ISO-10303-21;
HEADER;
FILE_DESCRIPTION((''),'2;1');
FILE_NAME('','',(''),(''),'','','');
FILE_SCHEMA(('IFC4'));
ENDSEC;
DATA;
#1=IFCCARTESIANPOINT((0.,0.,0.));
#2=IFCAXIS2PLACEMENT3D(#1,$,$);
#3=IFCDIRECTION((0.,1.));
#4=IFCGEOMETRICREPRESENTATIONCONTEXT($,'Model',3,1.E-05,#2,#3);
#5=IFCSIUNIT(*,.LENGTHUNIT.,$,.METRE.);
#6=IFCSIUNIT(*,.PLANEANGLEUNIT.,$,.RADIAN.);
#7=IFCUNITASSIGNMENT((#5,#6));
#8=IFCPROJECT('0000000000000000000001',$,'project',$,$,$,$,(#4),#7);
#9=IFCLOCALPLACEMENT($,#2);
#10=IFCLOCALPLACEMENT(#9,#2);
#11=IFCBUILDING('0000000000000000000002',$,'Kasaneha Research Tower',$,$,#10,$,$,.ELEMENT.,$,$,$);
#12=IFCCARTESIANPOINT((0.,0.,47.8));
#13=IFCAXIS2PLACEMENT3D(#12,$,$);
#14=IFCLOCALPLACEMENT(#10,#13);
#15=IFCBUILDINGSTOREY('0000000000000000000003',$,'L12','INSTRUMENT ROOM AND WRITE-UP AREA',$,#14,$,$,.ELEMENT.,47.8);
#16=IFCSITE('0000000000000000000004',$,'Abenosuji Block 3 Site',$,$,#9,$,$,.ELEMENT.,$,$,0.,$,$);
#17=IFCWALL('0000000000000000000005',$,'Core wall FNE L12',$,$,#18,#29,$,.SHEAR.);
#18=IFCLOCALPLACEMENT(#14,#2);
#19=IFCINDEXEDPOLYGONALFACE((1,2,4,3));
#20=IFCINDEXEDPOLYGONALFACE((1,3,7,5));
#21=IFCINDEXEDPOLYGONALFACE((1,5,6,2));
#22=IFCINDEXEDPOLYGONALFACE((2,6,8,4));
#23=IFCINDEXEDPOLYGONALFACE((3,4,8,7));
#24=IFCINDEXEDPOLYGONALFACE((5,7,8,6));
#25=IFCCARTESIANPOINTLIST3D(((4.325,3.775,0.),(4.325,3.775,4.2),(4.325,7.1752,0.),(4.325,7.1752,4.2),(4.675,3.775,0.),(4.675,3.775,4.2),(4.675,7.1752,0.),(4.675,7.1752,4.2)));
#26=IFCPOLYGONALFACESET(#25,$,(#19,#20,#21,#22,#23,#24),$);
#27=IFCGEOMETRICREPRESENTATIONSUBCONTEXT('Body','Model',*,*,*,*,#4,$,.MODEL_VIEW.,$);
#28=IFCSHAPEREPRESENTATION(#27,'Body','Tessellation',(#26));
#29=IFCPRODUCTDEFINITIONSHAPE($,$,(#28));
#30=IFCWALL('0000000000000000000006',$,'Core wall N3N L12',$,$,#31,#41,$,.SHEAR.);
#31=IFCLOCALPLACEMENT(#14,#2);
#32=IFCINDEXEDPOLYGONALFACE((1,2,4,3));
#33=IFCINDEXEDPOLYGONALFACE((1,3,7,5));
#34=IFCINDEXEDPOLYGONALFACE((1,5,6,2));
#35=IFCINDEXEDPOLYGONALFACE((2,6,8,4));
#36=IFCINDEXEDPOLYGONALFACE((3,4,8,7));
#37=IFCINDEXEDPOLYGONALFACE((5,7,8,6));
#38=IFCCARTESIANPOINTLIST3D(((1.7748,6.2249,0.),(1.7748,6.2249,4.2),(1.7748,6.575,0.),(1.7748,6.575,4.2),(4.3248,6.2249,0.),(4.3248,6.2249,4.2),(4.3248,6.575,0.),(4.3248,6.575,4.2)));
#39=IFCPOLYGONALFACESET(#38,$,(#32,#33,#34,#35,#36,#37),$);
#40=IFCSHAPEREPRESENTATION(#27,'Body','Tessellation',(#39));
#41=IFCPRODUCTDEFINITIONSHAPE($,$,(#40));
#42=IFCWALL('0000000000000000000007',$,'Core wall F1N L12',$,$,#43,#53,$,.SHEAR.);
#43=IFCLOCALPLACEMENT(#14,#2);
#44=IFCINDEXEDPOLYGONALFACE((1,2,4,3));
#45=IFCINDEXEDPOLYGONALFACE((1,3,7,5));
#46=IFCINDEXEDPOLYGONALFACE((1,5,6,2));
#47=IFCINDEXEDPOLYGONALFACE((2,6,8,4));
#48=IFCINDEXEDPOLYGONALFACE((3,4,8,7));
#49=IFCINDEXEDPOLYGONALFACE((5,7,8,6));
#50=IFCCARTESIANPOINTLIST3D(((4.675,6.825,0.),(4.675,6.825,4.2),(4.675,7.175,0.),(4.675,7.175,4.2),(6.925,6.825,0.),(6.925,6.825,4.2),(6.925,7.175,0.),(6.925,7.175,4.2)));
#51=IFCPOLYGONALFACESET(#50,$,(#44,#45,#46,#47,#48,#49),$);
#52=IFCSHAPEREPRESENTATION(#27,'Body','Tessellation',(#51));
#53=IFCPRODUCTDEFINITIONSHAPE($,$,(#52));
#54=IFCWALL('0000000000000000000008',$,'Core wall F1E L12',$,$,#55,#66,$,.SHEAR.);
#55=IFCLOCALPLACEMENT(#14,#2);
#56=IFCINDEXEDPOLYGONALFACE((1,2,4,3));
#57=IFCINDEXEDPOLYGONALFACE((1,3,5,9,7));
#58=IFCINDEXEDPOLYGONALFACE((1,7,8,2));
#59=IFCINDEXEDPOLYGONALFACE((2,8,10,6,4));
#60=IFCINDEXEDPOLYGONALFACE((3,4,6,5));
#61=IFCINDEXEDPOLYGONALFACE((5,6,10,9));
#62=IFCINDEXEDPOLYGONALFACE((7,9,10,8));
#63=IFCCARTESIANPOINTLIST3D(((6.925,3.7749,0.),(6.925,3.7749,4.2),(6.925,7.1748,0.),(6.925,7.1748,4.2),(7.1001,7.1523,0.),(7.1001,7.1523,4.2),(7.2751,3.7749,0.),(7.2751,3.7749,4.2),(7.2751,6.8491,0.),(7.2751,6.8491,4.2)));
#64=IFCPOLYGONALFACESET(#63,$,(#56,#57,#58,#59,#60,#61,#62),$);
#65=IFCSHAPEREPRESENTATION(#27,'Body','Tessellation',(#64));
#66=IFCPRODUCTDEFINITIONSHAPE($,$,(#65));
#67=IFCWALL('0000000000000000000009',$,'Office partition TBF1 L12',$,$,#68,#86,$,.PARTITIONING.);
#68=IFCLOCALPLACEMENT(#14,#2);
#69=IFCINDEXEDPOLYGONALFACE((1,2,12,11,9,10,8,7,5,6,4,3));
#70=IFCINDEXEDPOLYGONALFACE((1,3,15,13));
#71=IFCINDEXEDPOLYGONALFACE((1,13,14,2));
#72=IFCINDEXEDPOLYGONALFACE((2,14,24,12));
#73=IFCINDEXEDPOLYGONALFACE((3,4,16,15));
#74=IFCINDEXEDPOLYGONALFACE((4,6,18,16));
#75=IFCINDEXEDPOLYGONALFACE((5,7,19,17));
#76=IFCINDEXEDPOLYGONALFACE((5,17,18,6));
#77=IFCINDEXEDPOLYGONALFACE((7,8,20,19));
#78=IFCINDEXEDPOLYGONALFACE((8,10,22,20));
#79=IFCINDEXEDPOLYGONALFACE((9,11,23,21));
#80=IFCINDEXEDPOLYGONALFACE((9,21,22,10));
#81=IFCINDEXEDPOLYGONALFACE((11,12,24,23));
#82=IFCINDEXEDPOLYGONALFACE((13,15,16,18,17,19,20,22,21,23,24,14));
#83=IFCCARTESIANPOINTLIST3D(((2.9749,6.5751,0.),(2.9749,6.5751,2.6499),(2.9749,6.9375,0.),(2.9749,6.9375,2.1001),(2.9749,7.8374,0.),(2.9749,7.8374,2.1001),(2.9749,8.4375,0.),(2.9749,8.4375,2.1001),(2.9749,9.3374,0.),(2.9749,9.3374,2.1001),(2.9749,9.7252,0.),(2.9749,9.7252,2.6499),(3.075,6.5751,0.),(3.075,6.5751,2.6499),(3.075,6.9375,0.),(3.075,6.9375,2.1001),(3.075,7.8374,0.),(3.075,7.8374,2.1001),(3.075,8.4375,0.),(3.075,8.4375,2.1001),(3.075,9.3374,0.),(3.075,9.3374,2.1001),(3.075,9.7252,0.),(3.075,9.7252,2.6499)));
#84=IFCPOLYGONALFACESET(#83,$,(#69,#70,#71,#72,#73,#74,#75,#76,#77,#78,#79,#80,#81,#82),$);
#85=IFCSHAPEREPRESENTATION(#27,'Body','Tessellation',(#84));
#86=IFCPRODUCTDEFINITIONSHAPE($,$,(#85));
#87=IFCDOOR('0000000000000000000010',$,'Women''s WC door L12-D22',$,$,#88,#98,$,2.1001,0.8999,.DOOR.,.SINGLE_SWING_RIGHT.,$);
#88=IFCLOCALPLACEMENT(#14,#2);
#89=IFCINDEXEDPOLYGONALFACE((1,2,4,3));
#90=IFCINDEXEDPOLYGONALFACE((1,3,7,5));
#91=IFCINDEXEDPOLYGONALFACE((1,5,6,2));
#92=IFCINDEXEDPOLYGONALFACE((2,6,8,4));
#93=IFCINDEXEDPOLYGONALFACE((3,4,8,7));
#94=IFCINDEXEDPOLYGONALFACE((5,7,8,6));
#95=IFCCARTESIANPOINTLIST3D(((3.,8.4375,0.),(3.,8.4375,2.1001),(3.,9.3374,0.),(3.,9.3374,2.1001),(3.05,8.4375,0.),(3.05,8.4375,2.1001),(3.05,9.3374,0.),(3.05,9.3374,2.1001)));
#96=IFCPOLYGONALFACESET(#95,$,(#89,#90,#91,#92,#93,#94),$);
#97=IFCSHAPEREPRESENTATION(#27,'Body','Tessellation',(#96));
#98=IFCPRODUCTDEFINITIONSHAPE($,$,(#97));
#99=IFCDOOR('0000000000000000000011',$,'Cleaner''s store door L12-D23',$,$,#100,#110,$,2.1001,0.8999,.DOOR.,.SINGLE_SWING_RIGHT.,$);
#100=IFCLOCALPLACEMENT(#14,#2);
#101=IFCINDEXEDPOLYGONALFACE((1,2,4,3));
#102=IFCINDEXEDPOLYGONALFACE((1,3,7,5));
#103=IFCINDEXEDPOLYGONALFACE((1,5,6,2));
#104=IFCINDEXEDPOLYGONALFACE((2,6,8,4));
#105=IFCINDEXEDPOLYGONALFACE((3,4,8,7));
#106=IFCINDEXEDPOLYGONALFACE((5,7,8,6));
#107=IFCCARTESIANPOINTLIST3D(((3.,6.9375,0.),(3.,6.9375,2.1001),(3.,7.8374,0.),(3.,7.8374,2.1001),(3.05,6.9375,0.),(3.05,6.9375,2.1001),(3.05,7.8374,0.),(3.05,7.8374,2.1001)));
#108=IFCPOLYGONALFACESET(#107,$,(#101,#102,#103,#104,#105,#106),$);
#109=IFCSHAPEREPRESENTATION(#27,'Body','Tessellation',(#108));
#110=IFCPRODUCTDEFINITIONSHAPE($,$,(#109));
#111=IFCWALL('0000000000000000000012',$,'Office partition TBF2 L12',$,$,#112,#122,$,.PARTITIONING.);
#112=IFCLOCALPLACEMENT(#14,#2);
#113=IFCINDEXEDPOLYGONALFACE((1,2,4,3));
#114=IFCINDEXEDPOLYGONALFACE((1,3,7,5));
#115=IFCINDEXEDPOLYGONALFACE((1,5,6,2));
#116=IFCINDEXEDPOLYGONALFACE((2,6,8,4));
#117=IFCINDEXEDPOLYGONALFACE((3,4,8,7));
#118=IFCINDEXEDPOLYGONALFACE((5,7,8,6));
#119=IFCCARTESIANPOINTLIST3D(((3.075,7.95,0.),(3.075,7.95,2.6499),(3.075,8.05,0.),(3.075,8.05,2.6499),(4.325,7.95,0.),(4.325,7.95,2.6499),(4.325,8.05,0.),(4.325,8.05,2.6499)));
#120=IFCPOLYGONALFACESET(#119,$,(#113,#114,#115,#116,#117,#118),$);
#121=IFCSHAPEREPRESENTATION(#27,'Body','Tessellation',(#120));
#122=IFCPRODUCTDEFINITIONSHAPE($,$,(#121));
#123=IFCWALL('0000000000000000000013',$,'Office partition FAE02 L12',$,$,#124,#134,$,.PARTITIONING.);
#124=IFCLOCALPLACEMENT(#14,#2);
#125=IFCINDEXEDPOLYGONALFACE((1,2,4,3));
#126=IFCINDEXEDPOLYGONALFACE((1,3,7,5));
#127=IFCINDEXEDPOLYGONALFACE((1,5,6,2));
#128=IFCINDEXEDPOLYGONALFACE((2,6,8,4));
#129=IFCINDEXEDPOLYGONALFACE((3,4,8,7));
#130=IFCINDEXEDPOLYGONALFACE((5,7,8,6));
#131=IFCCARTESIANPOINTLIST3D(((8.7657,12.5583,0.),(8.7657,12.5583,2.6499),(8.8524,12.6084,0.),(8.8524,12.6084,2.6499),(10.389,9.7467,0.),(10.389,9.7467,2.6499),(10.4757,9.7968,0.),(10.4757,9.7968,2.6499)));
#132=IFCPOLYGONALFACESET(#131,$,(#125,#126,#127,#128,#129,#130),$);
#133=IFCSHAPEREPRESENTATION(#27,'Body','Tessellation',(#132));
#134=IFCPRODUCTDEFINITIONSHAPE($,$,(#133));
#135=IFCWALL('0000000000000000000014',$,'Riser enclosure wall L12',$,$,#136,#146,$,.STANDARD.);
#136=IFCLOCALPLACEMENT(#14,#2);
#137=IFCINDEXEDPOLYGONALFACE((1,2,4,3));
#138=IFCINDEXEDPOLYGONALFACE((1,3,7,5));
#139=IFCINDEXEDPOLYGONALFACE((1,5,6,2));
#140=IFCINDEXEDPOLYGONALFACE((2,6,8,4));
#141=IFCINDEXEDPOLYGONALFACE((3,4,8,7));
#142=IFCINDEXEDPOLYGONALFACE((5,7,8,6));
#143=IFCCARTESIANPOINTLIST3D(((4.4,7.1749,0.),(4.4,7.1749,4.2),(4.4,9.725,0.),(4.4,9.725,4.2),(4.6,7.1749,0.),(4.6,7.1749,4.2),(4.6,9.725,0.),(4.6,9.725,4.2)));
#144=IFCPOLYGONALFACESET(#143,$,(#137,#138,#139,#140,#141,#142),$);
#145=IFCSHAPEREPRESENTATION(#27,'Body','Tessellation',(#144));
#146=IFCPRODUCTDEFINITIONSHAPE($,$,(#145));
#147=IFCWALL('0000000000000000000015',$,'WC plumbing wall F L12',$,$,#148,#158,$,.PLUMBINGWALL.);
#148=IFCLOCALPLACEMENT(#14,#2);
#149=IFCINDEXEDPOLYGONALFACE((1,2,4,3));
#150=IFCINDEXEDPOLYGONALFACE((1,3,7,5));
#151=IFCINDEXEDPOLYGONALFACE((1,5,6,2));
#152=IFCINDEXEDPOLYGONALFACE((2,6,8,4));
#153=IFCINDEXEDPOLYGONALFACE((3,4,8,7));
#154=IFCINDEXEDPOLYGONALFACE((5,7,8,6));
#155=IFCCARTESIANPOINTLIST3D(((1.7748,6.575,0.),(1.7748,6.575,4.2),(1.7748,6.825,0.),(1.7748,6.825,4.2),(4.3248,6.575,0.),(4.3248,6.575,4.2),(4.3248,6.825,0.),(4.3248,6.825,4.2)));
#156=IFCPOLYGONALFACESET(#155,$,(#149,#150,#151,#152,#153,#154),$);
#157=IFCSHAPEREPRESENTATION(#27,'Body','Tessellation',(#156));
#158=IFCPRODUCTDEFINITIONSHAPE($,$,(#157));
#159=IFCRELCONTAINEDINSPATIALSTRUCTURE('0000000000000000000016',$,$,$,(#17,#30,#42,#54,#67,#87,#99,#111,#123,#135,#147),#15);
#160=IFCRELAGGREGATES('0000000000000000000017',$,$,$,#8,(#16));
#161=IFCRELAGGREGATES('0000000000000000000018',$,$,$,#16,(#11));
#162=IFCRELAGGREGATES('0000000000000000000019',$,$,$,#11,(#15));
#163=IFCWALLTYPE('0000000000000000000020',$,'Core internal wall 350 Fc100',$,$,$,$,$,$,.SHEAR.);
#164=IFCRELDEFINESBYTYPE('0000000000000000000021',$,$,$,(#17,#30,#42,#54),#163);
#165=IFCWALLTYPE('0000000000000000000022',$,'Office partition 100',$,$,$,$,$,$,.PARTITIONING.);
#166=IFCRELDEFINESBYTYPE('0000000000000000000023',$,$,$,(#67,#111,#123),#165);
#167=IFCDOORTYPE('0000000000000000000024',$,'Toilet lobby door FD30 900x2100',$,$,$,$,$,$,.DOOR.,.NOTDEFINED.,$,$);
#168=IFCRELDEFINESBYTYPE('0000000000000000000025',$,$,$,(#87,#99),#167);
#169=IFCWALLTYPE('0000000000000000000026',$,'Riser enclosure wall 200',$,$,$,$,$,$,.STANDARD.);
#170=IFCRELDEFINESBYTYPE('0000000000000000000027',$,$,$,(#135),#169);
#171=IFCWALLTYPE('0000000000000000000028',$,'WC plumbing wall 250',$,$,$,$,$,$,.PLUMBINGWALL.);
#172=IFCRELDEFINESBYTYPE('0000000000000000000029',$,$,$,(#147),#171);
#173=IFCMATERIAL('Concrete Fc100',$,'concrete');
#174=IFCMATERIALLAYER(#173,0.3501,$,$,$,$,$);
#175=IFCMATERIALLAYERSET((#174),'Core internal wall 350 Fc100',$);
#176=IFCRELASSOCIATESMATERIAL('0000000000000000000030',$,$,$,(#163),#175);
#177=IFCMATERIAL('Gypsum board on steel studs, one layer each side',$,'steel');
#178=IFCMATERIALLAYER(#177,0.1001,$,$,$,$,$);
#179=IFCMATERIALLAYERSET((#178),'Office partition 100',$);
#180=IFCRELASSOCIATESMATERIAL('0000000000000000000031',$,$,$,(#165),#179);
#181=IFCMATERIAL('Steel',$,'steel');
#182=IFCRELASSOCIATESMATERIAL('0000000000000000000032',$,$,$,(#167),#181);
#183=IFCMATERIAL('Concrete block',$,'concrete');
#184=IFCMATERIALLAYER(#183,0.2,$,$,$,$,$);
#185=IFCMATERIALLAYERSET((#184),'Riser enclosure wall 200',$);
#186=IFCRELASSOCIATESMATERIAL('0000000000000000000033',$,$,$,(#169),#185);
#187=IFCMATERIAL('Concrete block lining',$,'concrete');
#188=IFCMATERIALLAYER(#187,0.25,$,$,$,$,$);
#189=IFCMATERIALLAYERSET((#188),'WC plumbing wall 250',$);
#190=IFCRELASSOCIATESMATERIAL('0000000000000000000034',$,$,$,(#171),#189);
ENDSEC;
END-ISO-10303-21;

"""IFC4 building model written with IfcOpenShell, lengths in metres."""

from ifc_helpers import new_model, si_unit, direction, frame, frame_2d, origin, place, context, subcontext, project, spatial, polyline, rectangle, outline, extrude, material, layer, layer_set, type_object, element, fill, save


model = new_model("IFC4")

# Units and contexts
model_context = context("Model", 3, precision=1e-05, world=origin(), true_north=direction((0.0, 1.0)))
body_context = subcontext(model_context, "Body", "Model", "MODEL_VIEW")
ifc_project = project(units=[si_unit("LENGTHUNIT", "METRE"), si_unit("PLANEANGLEUNIT", "RADIAN")], contexts=[model_context])

# Site, building, storey
site_placement = place(None, origin())
site = spatial("IfcSite", under=ifc_project, at=site_placement, Name="Abenosuji Block 3 Site", CompositionType="ELEMENT", RefElevation=0.0)
building_placement = place(site_placement, origin())
building = spatial("IfcBuilding", under=site, at=building_placement, Name="Kasaneha Research Tower", CompositionType="ELEMENT")
storey_placement = place(building_placement, frame((0.0, 0.0, 47.8)))
storey = spatial("IfcBuildingStorey", under=building, at=storey_placement, Name="L12", Description="INSTRUMENT ROOM AND WRITE-UP AREA", CompositionType="ELEMENT", Elevation=47.8)

# Shared definitions
ifc_material_1 = material(Name="Concrete Fc100", Category="concrete")
ifc_layer_1 = layer(ifc_material_1, 0.3501)
ifc_layer_set_1 = layer_set([ifc_layer_1], Name="Core internal wall 350 Fc100")
wall_type_1 = type_object("IfcWallType", Name="Core internal wall 350 Fc100", PredefinedType="SHEAR", material=ifc_layer_set_1)

# Walls
wall_1_placement = place(storey_placement, frame((4.5, 3.7749, 0.0), z_axis=(0.0, 0.0, 1.0), x_axis=(0.0, 1.0, 0.0)))
element("IfcWall", 1, at=wall_1_placement, inside=storey, type_object=wall_type_1, Name="Core wall FNE L12", PredefinedType="SHEAR", context=body_context, shape_type="SweptSolid", body=[
    extrude(rectangle(XDim=3.4001, YDim=0.3501, at=frame_2d((1.7002, 0.0))), origin(), (0.0, 0.0, 1.0), 4.2),
])
wall_2_placement = place(storey_placement, frame((1.7749, 6.3999, 0.0), z_axis=(0.0, 0.0, 1.0), x_axis=(1.0, 0.0, 0.0)))
element("IfcWall", 2, at=wall_2_placement, inside=storey, type_object=wall_type_1, Name="Core wall N3N L12", PredefinedType="SHEAR", context=body_context, shape_type="SweptSolid", body=[
    extrude(rectangle(XDim=2.55, YDim=0.3501, at=frame_2d((1.2749, 0.0))), origin(), (0.0, 0.0, 1.0), 4.2),
])
wall_3_placement = place(storey_placement, frame((4.675, 7.0, 0.0), z_axis=(0.0, 0.0, 1.0), x_axis=(1.0, 0.0, 0.0)))
element("IfcWall", 3, at=wall_3_placement, inside=storey, type_object=wall_type_1, Name="Core wall F1N L12", PredefinedType="SHEAR", context=body_context, shape_type="SweptSolid", body=[
    extrude(rectangle(XDim=2.25, YDim=0.3501, at=frame_2d((1.125, 0.0))), origin(), (0.0, 0.0, 1.0), 4.2),
])
wall_4_placement = place(storey_placement, frame((7.1001, 3.7749, 0.0), z_axis=(0.0, 0.0, 1.0), x_axis=(0.0, 1.0, 0.0)))
element("IfcWall", 4, at=wall_4_placement, inside=storey, type_object=wall_type_1, Name="Core wall F1E L12", PredefinedType="SHEAR", context=body_context, shape_type="SweptSolid", body=[
    extrude(outline(polyline([(0.0, -0.175), (3.0742, -0.175), (3.3774, 0.0), (3.3999, 0.175), (0.0, 0.175), (0.0, -0.175)])), origin(), (0.0, 0.0, 1.0), 4.2),
])

# Wall, openings, doors
ifc_material_2 = material(Name="Gypsum board on steel studs, one layer each side", Category="steel")
ifc_layer_2 = layer(ifc_material_2, 0.1001)
ifc_layer_set_2 = layer_set([ifc_layer_2], Name="Office partition 100")
wall_type_2 = type_object("IfcWallType", Name="Office partition 100", PredefinedType="PARTITIONING", material=ifc_layer_set_2)
wall_5_placement = place(storey_placement, frame((3.0249, 6.575, 0.0), z_axis=(0.0, 0.0, 1.0), x_axis=(0.0, 1.0, 0.0)))
wall_5 = element("IfcWall", 5, at=wall_5_placement, inside=storey, type_object=wall_type_2, Name="Office partition TBF1 L12", PredefinedType="PARTITIONING", context=body_context, shape_type="SweptSolid", body=[
    extrude(rectangle(XDim=3.1501, YDim=0.1001, at=frame_2d((1.5752, 0.0))), origin(), (0.0, 0.0, 1.0), 2.6499),
])
opening_1_placement = place(wall_5_placement, frame((1.8625, 0.0, 0.0)))
opening_1 = element("IfcOpeningElement", 6, at=opening_1_placement, cuts=wall_5, PredefinedType="OPENING", context=body_context, shape_type="SweptSolid", body=[
    extrude(rectangle(XDim=0.8999, YDim=2.1001, at=frame_2d((0.45, 1.05))), frame((0.0, 0.0601, 0.0), z_axis=(0.0, -1.0, 0.0), x_axis=(1.0, 0.0, 0.0)), (0.0, 0.0, 1.0), 0.1201),
])
opening_2_placement = place(wall_5_placement, frame((0.3625, 0.0, 0.0)))
opening_2 = element("IfcOpeningElement", 7, at=opening_2_placement, cuts=wall_5, PredefinedType="OPENING", context=body_context, shape_type="SweptSolid", body=[
    extrude(rectangle(XDim=0.8999, YDim=2.1001, at=frame_2d((0.45, 1.05))), frame((0.0, 0.0601, 0.0), z_axis=(0.0, -1.0, 0.0), x_axis=(1.0, 0.0, 0.0)), (0.0, 0.0, 1.0), 0.1201),
])
ifc_material_3 = material(Name="Steel", Category="steel")
door_type_1 = type_object("IfcDoorType", Name="Toilet lobby door FD30 900x2100", OperationType="NOTDEFINED", PredefinedType="DOOR", material=ifc_material_3)
door_1_placement = place(opening_1_placement, origin())
door_1 = element("IfcDoor", 8, at=door_1_placement, inside=storey, type_object=door_type_1, Name="Women's WC door L12-D22", OperationType="SINGLE_SWING_RIGHT", OverallHeight=2.1001, OverallWidth=0.8999, PredefinedType="DOOR", context=body_context, shape_type="SweptSolid", body=[
    extrude(rectangle(XDim=0.8999, YDim=2.1001, at=frame_2d((0.45, 1.05))), frame((0.0, 0.0249, 0.0), z_axis=(0.0, -1.0, 0.0), x_axis=(1.0, 0.0, 0.0)), (0.0, 0.0, 1.0), 0.05),
])
fill(opening_1, door_1)
door_2_placement = place(opening_2_placement, origin())
door_2 = element("IfcDoor", 9, at=door_2_placement, inside=storey, type_object=door_type_1, Name="Cleaner's store door L12-D23", OperationType="SINGLE_SWING_RIGHT", OverallHeight=2.1001, OverallWidth=0.8999, PredefinedType="DOOR", context=body_context, shape_type="SweptSolid", body=[
    extrude(rectangle(XDim=0.8999, YDim=2.1001, at=frame_2d((0.45, 1.05))), frame((0.0, 0.0249, 0.0), z_axis=(0.0, -1.0, 0.0), x_axis=(1.0, 0.0, 0.0)), (0.0, 0.0, 1.0), 0.05),
])
fill(opening_2, door_2)

# Walls
wall_6_placement = place(storey_placement, frame((3.075, 8.0, 0.0), z_axis=(0.0, 0.0, 1.0), x_axis=(1.0, 0.0, 0.0)))
element("IfcWall", 10, at=wall_6_placement, inside=storey, type_object=wall_type_2, Name="Office partition TBF2 L12", PredefinedType="PARTITIONING", context=body_context, shape_type="SweptSolid", body=[
    extrude(rectangle(XDim=1.25, YDim=0.1001, at=frame_2d((0.625, 0.0))), origin(), (0.0, 0.0, 1.0), 2.6499),
])
wall_7_placement = place(storey_placement, frame((10.4324, 9.7717, 0.0), z_axis=(0.0, 0.0, 1.0), x_axis=(-0.500013, 0.866018, 0.0)))
element("IfcWall", 11, at=wall_7_placement, inside=storey, type_object=wall_type_2, Name="Office partition FAE02 L12", PredefinedType="PARTITIONING", context=body_context, shape_type="SweptSolid", body=[
    extrude(rectangle(XDim=3.2466, YDim=0.1001, at=frame_2d((1.6233, 0.0))), origin(), (0.0, 0.0, 1.0), 2.6499),
])
ifc_material_4 = material(Name="Concrete block", Category="concrete")
ifc_layer_3 = layer(ifc_material_4, 0.2)
ifc_layer_set_3 = layer_set([ifc_layer_3], Name="Riser enclosure wall 200")
wall_type_3 = type_object("IfcWallType", Name="Riser enclosure wall 200", PredefinedType="STANDARD", material=ifc_layer_set_3)
wall_8_placement = place(storey_placement, frame((4.5, 7.175, 0.0), z_axis=(0.0, 0.0, 1.0), x_axis=(0.0, 1.0, 0.0)))
element("IfcWall", 12, at=wall_8_placement, inside=storey, type_object=wall_type_3, Name="Riser enclosure wall L12", PredefinedType="STANDARD", context=body_context, shape_type="SweptSolid", body=[
    extrude(rectangle(XDim=2.55, YDim=0.2, at=frame_2d((1.2749, 0.0))), origin(), (0.0, 0.0, 1.0), 4.2),
])
ifc_material_5 = material(Name="Concrete block lining", Category="concrete")
ifc_layer_4 = layer(ifc_material_5, 0.25)
ifc_layer_set_4 = layer_set([ifc_layer_4], Name="WC plumbing wall 250")
wall_type_4 = type_object("IfcWallType", Name="WC plumbing wall 250", PredefinedType="PLUMBINGWALL", material=ifc_layer_set_4)
wall_9_placement = place(storey_placement, frame((1.7749, 6.7, 0.0), z_axis=(0.0, 0.0, 1.0), x_axis=(1.0, 0.0, 0.0)))
element("IfcWall", 13, at=wall_9_placement, inside=storey, type_object=wall_type_4, Name="WC plumbing wall F L12", PredefinedType="PLUMBINGWALL", context=body_context, shape_type="SweptSolid", body=[
    extrude(rectangle(XDim=2.55, YDim=0.25, at=frame_2d((1.2749, 0.0))), origin(), (0.0, 0.0, 1.0), 4.2),
])

save(model, "model.ifc")
